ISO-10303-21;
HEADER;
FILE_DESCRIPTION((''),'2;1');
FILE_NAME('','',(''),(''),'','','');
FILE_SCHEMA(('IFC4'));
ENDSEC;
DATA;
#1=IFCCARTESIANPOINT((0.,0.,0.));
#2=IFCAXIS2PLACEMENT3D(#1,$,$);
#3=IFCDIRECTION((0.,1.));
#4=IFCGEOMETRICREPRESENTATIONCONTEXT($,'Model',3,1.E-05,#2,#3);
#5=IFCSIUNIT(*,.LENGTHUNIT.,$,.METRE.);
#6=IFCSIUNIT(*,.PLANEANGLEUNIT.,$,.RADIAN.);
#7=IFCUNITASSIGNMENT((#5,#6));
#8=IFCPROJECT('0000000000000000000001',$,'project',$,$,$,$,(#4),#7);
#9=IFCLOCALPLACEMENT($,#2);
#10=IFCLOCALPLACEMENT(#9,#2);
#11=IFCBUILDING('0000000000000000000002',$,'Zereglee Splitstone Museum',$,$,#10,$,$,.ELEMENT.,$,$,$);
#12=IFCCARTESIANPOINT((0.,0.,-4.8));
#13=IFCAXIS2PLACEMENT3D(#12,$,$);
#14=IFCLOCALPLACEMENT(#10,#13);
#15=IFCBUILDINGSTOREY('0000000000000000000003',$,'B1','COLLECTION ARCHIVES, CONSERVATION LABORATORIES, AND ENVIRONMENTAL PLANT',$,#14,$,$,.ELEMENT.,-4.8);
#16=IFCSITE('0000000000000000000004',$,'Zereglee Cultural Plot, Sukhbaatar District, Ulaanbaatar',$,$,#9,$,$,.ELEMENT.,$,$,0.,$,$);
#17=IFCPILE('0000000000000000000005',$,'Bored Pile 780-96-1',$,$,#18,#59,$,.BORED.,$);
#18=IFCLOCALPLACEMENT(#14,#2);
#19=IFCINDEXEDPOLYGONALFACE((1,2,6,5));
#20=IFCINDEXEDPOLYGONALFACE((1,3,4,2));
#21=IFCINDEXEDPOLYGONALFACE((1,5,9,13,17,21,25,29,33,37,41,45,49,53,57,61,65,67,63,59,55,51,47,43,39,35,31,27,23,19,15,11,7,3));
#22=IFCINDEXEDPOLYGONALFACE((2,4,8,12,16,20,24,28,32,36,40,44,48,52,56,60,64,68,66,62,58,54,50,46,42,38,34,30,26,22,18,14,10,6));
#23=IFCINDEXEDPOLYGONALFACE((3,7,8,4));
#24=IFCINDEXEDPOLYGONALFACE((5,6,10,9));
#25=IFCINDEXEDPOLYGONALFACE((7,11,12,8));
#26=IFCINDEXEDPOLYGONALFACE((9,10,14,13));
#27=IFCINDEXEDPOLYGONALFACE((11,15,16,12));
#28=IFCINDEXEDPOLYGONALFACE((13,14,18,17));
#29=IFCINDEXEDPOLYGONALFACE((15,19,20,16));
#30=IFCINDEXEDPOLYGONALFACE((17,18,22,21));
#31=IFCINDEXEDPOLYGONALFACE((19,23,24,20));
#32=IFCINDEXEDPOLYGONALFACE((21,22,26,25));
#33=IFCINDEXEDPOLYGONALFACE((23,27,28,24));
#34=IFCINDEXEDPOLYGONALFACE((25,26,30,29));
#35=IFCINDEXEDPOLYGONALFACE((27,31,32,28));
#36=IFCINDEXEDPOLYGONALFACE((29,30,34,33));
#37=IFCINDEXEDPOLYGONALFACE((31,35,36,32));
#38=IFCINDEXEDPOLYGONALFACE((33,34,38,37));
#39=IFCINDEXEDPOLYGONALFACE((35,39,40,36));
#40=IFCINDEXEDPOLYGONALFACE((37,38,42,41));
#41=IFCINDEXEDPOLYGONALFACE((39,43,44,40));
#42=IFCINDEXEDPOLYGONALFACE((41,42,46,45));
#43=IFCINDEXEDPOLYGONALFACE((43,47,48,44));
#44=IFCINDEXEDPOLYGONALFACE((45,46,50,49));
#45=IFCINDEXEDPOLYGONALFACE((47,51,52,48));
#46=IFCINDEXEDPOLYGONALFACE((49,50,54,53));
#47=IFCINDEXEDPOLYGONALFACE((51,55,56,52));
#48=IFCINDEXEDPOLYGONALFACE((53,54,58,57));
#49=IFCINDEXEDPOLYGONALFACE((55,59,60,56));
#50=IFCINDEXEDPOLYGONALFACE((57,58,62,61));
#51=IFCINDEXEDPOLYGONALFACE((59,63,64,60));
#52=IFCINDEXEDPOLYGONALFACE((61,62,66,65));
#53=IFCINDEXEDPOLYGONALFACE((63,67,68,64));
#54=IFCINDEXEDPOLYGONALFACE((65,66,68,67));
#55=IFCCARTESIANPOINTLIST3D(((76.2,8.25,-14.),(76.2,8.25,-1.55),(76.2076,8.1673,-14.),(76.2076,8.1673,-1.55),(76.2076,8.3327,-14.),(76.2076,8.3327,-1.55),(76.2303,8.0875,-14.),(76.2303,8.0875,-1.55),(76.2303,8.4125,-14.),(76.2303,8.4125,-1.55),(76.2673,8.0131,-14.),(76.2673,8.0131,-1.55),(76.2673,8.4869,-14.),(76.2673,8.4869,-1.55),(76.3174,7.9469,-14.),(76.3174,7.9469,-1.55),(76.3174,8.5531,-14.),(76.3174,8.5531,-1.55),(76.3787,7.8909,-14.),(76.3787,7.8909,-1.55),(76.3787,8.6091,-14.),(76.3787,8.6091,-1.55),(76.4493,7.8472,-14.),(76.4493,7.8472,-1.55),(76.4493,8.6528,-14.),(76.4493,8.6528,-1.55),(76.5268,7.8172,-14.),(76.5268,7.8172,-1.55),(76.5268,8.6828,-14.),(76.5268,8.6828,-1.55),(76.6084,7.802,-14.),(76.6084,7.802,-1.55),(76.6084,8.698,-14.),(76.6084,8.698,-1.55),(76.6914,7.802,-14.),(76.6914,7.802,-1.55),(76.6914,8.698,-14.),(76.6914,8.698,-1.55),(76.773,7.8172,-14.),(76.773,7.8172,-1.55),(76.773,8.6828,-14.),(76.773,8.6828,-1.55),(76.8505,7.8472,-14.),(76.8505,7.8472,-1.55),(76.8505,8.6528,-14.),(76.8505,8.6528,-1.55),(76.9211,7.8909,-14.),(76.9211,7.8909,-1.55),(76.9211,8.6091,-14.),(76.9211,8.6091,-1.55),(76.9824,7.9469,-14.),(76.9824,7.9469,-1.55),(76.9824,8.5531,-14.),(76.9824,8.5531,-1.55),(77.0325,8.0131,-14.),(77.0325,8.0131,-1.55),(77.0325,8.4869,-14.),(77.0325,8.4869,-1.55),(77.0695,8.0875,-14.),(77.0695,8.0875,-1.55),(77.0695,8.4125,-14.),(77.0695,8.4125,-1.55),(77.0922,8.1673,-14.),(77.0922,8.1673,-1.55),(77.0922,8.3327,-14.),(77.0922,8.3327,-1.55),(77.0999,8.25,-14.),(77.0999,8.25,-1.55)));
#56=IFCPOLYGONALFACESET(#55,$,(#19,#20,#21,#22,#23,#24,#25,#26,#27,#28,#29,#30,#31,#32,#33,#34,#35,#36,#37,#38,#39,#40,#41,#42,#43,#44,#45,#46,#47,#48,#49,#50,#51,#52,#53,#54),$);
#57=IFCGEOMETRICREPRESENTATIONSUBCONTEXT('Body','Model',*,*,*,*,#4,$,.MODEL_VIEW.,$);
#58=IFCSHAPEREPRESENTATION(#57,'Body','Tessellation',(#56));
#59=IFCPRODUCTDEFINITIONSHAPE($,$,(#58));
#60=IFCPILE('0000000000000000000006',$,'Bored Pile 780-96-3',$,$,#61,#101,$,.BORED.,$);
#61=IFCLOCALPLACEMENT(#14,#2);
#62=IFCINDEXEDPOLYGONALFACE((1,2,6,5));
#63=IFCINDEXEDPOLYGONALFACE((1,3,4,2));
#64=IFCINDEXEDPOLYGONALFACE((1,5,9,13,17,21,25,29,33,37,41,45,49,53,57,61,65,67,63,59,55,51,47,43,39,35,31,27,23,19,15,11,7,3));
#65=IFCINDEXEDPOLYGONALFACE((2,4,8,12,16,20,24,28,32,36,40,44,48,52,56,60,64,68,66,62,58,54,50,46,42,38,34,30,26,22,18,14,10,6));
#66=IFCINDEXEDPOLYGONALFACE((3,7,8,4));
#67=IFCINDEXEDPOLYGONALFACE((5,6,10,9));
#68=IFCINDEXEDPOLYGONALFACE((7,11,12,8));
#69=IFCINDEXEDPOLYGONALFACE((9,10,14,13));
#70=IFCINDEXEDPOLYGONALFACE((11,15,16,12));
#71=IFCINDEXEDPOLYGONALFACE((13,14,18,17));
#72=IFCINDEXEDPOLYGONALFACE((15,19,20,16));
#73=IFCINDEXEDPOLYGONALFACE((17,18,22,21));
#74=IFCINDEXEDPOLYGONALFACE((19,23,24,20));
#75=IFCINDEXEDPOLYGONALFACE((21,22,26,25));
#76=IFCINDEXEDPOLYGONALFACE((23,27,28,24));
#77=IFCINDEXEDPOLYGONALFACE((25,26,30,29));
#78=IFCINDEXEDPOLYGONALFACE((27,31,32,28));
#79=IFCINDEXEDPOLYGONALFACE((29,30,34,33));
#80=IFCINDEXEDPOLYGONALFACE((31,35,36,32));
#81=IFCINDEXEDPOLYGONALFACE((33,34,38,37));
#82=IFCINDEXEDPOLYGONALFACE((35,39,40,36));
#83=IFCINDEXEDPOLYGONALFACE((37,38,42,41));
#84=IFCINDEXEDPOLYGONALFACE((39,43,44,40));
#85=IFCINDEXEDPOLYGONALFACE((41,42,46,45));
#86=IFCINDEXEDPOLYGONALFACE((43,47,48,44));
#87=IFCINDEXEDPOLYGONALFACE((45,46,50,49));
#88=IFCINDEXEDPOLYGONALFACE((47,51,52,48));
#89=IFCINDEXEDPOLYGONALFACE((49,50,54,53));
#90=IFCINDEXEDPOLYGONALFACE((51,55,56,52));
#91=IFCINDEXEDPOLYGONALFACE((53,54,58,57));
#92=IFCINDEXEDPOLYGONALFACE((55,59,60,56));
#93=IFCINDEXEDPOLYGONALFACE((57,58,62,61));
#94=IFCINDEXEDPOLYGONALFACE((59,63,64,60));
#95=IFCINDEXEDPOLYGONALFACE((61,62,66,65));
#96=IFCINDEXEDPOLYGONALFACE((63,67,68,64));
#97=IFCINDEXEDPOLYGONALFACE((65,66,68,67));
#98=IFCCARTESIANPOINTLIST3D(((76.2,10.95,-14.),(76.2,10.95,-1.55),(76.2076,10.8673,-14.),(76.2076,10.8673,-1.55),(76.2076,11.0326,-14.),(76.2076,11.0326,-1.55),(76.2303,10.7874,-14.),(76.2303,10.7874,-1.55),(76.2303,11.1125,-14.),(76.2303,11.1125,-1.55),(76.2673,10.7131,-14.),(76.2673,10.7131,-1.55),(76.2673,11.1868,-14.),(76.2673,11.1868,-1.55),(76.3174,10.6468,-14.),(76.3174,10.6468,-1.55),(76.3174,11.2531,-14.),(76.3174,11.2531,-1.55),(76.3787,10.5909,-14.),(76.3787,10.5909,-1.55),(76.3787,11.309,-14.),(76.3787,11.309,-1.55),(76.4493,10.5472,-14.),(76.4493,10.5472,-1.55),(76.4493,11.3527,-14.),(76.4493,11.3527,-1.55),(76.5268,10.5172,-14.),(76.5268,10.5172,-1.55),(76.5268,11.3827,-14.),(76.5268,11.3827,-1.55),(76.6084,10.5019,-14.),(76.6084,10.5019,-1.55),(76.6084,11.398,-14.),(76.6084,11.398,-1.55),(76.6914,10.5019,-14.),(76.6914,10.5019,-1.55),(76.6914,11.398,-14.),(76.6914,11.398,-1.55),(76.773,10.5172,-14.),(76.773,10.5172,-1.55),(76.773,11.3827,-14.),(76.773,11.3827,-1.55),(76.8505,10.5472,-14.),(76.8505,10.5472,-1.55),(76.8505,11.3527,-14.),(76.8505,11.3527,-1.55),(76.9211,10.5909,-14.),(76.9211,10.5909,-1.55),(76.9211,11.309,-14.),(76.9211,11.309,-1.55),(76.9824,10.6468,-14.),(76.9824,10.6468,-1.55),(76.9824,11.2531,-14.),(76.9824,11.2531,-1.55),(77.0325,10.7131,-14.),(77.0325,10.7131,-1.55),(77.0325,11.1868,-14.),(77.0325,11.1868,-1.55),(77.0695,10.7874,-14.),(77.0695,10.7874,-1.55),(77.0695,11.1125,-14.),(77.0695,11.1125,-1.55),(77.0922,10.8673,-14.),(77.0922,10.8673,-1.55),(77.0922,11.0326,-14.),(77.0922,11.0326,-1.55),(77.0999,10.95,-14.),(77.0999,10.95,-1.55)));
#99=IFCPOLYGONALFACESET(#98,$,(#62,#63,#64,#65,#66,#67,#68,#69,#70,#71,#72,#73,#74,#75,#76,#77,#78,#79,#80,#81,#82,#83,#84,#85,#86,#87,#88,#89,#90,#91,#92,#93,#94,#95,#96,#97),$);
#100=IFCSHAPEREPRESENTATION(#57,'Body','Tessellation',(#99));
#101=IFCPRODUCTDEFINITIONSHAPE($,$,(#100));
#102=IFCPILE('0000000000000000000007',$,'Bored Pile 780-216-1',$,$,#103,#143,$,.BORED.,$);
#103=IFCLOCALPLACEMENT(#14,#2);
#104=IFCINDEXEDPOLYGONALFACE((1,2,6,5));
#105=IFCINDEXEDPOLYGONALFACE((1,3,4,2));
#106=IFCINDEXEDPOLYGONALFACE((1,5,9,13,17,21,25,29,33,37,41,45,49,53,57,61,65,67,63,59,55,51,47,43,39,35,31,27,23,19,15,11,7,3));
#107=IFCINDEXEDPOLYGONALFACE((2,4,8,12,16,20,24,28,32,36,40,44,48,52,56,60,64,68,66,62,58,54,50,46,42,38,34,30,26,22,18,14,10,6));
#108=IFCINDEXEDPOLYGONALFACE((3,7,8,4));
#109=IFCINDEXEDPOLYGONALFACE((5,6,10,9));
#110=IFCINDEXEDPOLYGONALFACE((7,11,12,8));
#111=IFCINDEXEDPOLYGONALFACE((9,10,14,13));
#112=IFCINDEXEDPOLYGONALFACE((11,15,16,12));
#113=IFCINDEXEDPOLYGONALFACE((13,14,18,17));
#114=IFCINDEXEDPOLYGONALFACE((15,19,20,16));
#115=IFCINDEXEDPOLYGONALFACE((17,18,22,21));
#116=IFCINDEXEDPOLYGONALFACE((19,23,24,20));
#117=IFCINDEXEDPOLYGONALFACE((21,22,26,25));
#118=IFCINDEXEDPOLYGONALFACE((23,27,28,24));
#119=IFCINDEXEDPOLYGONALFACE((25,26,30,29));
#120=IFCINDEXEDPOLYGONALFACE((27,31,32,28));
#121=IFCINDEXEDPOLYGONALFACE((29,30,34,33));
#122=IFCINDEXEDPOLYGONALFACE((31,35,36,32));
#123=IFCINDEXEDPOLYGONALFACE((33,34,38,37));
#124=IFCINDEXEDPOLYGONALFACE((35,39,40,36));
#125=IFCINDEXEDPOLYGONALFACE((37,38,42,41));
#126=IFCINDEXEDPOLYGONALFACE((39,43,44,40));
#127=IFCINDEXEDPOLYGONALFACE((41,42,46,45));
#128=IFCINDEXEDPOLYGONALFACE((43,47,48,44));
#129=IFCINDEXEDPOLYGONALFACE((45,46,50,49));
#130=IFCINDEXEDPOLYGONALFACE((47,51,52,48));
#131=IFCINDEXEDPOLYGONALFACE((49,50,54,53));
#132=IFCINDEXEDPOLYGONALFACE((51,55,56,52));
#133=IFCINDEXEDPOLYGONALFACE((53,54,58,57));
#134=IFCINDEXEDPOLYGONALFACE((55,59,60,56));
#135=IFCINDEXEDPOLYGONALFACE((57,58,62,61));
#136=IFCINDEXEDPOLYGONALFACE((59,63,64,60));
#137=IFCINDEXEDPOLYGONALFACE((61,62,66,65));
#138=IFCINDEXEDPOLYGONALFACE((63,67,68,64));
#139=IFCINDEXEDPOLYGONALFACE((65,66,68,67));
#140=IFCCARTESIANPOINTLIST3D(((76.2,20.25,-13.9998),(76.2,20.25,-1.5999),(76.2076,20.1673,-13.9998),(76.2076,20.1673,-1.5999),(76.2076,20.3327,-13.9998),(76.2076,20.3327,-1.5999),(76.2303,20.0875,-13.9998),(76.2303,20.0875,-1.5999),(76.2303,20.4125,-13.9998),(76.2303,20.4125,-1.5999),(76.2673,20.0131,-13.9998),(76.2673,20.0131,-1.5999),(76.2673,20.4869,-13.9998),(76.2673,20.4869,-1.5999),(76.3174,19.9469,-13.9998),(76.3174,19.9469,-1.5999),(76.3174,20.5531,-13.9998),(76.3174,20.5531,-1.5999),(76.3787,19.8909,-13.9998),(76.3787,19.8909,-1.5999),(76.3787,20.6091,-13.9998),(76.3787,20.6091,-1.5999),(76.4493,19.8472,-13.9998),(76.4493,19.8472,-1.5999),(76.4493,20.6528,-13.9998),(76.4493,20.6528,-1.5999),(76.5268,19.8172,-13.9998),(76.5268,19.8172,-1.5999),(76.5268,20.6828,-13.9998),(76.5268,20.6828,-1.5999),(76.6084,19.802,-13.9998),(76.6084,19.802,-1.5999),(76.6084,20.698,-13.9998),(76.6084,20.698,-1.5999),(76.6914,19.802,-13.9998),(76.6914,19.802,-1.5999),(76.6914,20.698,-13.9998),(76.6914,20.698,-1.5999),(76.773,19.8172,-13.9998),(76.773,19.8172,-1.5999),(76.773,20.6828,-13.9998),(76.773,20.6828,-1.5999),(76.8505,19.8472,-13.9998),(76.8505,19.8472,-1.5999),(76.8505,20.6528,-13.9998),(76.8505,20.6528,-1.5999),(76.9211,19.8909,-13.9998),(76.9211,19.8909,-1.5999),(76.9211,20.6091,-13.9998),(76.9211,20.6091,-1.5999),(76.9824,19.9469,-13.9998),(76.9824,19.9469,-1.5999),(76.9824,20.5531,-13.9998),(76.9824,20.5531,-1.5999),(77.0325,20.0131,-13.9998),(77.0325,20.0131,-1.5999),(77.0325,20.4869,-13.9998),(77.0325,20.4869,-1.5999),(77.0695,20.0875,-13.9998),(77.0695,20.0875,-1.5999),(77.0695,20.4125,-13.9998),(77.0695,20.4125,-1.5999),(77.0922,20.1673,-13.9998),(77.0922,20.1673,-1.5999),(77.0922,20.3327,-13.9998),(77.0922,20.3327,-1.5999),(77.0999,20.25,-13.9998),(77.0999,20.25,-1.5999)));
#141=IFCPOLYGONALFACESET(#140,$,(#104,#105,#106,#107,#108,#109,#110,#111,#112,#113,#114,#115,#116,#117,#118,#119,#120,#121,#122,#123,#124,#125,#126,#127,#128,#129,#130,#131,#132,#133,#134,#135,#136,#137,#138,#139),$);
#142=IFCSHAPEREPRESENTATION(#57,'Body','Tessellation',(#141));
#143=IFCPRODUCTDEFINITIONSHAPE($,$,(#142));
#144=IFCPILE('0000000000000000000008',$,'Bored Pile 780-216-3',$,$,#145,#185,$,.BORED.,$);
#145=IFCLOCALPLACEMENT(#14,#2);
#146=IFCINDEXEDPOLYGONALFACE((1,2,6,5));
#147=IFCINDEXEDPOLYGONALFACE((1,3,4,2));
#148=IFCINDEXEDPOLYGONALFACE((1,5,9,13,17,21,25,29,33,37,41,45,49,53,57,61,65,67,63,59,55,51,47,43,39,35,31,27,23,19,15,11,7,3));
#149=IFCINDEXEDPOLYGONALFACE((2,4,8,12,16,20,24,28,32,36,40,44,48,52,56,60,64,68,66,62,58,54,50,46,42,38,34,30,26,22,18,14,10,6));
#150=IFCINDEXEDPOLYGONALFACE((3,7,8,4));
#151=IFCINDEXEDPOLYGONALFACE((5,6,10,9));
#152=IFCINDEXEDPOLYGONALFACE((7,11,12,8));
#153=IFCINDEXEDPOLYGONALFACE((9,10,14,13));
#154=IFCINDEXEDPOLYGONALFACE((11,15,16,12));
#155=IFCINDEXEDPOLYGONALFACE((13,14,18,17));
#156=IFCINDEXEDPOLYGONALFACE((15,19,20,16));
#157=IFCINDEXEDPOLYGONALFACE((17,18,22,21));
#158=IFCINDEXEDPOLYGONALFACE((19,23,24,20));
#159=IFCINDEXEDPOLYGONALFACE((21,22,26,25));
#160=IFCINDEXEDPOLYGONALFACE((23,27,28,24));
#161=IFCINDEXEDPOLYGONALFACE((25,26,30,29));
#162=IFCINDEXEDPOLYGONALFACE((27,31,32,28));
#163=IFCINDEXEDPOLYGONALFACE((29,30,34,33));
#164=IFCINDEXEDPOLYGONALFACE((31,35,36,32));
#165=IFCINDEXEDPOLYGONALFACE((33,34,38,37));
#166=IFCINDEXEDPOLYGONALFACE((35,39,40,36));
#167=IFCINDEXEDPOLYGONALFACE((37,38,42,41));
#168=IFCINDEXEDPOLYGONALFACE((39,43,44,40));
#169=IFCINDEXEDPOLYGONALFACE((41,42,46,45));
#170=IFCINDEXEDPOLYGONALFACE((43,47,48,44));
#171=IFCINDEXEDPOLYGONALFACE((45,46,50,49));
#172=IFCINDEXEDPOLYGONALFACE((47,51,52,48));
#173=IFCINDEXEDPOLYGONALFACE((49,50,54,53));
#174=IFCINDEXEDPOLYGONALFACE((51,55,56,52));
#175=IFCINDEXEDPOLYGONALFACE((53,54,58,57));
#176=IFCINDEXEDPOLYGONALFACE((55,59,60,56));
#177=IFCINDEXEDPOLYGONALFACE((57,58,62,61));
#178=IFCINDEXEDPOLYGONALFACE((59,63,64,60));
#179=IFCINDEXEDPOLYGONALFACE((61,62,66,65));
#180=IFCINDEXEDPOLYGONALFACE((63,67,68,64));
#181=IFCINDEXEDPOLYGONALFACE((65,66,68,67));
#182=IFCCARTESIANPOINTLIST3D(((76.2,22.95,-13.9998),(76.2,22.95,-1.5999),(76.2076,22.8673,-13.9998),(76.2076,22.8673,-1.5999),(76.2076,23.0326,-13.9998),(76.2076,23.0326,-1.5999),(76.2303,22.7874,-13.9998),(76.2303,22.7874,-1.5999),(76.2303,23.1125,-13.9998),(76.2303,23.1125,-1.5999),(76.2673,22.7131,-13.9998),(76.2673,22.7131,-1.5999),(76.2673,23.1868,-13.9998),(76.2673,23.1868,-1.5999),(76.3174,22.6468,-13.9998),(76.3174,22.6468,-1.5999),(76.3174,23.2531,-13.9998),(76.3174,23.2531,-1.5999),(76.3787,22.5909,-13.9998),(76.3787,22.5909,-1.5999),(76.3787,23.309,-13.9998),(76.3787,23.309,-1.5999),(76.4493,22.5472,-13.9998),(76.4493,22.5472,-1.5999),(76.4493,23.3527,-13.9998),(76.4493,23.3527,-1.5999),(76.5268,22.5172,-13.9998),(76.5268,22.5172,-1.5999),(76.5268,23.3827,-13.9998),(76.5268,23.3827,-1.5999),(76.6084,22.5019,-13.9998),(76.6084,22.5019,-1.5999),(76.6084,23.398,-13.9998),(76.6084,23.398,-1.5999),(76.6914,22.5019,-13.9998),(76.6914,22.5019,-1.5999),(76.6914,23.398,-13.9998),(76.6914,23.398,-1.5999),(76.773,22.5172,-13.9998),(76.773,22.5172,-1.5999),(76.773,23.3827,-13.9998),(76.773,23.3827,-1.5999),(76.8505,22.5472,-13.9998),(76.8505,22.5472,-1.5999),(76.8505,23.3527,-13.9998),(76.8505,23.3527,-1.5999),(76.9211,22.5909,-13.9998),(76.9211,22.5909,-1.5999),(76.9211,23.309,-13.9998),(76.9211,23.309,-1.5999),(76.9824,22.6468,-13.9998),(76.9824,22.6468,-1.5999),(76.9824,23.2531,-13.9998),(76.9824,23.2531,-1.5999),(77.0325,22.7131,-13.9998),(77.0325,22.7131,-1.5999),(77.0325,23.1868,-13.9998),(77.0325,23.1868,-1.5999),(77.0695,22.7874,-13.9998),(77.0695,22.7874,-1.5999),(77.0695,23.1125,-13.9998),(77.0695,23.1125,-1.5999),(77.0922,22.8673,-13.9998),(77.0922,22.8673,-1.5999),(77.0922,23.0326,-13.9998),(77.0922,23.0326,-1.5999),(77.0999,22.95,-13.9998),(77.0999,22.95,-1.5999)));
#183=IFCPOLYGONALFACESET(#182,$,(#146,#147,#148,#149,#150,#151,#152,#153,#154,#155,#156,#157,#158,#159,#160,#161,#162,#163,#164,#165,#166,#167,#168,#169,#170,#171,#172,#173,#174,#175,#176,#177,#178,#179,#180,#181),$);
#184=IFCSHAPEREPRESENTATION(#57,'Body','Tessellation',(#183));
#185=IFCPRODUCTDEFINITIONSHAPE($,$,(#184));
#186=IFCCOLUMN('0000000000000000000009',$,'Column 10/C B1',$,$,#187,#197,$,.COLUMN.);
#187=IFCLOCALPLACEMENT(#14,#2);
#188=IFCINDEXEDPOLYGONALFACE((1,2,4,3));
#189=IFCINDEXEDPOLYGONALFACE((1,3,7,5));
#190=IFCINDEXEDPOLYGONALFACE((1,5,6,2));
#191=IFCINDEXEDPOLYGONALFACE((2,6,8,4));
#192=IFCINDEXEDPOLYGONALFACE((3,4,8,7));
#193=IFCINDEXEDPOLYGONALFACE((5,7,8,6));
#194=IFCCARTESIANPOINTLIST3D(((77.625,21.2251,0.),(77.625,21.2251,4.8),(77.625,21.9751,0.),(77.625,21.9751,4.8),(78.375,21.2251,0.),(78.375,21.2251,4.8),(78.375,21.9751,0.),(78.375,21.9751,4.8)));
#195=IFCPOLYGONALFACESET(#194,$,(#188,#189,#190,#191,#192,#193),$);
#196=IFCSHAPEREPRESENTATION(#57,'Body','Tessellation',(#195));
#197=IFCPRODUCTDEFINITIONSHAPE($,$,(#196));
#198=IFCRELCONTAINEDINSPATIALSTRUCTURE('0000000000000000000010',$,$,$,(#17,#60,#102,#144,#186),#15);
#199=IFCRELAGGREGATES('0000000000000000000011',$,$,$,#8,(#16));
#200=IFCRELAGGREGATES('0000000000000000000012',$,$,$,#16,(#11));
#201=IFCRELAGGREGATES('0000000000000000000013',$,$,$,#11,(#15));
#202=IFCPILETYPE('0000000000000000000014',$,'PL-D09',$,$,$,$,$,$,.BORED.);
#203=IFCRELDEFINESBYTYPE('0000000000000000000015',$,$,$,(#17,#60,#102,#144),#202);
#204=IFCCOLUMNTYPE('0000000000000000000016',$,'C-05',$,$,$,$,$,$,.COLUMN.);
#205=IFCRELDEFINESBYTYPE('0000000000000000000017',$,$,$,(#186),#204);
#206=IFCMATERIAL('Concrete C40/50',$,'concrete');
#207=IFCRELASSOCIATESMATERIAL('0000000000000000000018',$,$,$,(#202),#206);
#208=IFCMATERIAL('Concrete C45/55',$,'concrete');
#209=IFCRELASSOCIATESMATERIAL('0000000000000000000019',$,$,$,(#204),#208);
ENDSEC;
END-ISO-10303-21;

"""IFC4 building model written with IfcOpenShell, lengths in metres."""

from ifc_helpers import new_model, si_unit, direction, frame, origin, origin_2d, place, context, subcontext, project, spatial, rectangle, circle, extrude, material, material_profile, profile_set, type_object, element, save


model = new_model("IFC4")

# Units and contexts
model_context = context("Model", 3, precision=1e-05, world=origin(), true_north=direction((0.0, 1.0)))
body_context = subcontext(model_context, "Body", "Model", "MODEL_VIEW")
ifc_project = project(units=[si_unit("LENGTHUNIT", "METRE"), si_unit("PLANEANGLEUNIT", "RADIAN")], contexts=[model_context])

# Site, building, storey
site_placement = place(None, origin())
site = spatial("IfcSite", under=ifc_project, at=site_placement, Name="Zereglee Cultural Plot, Sukhbaatar District, Ulaanbaatar", CompositionType="ELEMENT", RefElevation=0.0)
building_placement = place(site_placement, origin())
building = spatial("IfcBuilding", under=site, at=building_placement, Name="Zereglee Splitstone Museum", CompositionType="ELEMENT")
storey_placement = place(building_placement, frame((0.0, 0.0, -4.8)))
storey = spatial("IfcBuildingStorey", under=building, at=storey_placement, Name="B1", Description="COLLECTION ARCHIVES, CONSERVATION LABORATORIES, AND ENVIRONMENTAL PLANT", CompositionType="ELEMENT", Elevation=-4.8)

# Shared definitions
ifc_material_1 = material(Name="Concrete C40/50", Category="concrete")

# Piles
ifc_material_profile_1 = material_profile(ifc_material_1, circle(Radius=0.45, at=origin_2d()), Name="PILE D900")
ifc_profile_set_1 = profile_set([ifc_material_profile_1], Name="Concrete C40/50")
pile_type_1 = type_object("IfcPileType", Name="PL-D09", PredefinedType="BORED", material=ifc_profile_set_1)
for number, where, z_axis, x_axis, name in (
    (1, (76.6499, 8.25, -1.55), (0.0, 0.0, -1.0), (1.0, 0.0, 0.0), "Bored Pile 780-96-1"),
    (2, (76.6499, 10.95, -1.55), (0.0, 0.0, -1.0), (1.0, 0.0, 0.0), "Bored Pile 780-96-3"),
):
    element("IfcPile", number, at=place(storey_placement, frame(where, z_axis=z_axis, x_axis=x_axis)), inside=storey, type_object=pile_type_1, Name=name, PredefinedType="BORED", context=body_context, shape_type="SweptSolid", body=[
        extrude(circle(Radius=0.45, at=origin_2d()), origin(), (0.0, 0.0, 1.0), 12.45),
    ])
for number, where, z_axis, x_axis, name in (
    (3, (76.6499, 20.25, -1.5999), (0.0, 0.0, -1.0), (1.0, 0.0, 0.0), "Bored Pile 780-216-1"),
    (4, (76.6499, 22.95, -1.5999), (0.0, 0.0, -1.0), (1.0, 0.0, 0.0), "Bored Pile 780-216-3"),
):
    element("IfcPile", number, at=place(storey_placement, frame(where, z_axis=z_axis, x_axis=x_axis)), inside=storey, type_object=pile_type_1, Name=name, PredefinedType="BORED", context=body_context, shape_type="SweptSolid", body=[
        extrude(circle(Radius=0.45, at=origin_2d()), origin(), (0.0, 0.0, 1.0), 12.3999),
    ])

# Column
ifc_material_2 = material(Name="Concrete C45/55", Category="concrete")
ifc_material_profile_2 = material_profile(ifc_material_2, rectangle(XDim=0.75, YDim=0.75, at=origin_2d()), Name="RC 750x750")
ifc_profile_set_2 = profile_set([ifc_material_profile_2], Name="Concrete C45/55")
column_type_1 = type_object("IfcColumnType", Name="C-05", PredefinedType="COLUMN", material=ifc_profile_set_2)
column_1_placement = place(storey_placement, frame((78.0, 21.6001, 0.0), z_axis=(0.0, 0.0, 1.0), x_axis=(1.0, 0.0, 0.0)))
element("IfcColumn", 5, at=column_1_placement, inside=storey, type_object=column_type_1, Name="Column 10/C B1", PredefinedType="COLUMN", context=body_context, shape_type="SweptSolid", body=[
    extrude(rectangle(XDim=0.75, YDim=0.75, at=origin_2d()), origin(), (0.0, 0.0, 1.0), 4.8),
])

save(model, "model.ifc")
